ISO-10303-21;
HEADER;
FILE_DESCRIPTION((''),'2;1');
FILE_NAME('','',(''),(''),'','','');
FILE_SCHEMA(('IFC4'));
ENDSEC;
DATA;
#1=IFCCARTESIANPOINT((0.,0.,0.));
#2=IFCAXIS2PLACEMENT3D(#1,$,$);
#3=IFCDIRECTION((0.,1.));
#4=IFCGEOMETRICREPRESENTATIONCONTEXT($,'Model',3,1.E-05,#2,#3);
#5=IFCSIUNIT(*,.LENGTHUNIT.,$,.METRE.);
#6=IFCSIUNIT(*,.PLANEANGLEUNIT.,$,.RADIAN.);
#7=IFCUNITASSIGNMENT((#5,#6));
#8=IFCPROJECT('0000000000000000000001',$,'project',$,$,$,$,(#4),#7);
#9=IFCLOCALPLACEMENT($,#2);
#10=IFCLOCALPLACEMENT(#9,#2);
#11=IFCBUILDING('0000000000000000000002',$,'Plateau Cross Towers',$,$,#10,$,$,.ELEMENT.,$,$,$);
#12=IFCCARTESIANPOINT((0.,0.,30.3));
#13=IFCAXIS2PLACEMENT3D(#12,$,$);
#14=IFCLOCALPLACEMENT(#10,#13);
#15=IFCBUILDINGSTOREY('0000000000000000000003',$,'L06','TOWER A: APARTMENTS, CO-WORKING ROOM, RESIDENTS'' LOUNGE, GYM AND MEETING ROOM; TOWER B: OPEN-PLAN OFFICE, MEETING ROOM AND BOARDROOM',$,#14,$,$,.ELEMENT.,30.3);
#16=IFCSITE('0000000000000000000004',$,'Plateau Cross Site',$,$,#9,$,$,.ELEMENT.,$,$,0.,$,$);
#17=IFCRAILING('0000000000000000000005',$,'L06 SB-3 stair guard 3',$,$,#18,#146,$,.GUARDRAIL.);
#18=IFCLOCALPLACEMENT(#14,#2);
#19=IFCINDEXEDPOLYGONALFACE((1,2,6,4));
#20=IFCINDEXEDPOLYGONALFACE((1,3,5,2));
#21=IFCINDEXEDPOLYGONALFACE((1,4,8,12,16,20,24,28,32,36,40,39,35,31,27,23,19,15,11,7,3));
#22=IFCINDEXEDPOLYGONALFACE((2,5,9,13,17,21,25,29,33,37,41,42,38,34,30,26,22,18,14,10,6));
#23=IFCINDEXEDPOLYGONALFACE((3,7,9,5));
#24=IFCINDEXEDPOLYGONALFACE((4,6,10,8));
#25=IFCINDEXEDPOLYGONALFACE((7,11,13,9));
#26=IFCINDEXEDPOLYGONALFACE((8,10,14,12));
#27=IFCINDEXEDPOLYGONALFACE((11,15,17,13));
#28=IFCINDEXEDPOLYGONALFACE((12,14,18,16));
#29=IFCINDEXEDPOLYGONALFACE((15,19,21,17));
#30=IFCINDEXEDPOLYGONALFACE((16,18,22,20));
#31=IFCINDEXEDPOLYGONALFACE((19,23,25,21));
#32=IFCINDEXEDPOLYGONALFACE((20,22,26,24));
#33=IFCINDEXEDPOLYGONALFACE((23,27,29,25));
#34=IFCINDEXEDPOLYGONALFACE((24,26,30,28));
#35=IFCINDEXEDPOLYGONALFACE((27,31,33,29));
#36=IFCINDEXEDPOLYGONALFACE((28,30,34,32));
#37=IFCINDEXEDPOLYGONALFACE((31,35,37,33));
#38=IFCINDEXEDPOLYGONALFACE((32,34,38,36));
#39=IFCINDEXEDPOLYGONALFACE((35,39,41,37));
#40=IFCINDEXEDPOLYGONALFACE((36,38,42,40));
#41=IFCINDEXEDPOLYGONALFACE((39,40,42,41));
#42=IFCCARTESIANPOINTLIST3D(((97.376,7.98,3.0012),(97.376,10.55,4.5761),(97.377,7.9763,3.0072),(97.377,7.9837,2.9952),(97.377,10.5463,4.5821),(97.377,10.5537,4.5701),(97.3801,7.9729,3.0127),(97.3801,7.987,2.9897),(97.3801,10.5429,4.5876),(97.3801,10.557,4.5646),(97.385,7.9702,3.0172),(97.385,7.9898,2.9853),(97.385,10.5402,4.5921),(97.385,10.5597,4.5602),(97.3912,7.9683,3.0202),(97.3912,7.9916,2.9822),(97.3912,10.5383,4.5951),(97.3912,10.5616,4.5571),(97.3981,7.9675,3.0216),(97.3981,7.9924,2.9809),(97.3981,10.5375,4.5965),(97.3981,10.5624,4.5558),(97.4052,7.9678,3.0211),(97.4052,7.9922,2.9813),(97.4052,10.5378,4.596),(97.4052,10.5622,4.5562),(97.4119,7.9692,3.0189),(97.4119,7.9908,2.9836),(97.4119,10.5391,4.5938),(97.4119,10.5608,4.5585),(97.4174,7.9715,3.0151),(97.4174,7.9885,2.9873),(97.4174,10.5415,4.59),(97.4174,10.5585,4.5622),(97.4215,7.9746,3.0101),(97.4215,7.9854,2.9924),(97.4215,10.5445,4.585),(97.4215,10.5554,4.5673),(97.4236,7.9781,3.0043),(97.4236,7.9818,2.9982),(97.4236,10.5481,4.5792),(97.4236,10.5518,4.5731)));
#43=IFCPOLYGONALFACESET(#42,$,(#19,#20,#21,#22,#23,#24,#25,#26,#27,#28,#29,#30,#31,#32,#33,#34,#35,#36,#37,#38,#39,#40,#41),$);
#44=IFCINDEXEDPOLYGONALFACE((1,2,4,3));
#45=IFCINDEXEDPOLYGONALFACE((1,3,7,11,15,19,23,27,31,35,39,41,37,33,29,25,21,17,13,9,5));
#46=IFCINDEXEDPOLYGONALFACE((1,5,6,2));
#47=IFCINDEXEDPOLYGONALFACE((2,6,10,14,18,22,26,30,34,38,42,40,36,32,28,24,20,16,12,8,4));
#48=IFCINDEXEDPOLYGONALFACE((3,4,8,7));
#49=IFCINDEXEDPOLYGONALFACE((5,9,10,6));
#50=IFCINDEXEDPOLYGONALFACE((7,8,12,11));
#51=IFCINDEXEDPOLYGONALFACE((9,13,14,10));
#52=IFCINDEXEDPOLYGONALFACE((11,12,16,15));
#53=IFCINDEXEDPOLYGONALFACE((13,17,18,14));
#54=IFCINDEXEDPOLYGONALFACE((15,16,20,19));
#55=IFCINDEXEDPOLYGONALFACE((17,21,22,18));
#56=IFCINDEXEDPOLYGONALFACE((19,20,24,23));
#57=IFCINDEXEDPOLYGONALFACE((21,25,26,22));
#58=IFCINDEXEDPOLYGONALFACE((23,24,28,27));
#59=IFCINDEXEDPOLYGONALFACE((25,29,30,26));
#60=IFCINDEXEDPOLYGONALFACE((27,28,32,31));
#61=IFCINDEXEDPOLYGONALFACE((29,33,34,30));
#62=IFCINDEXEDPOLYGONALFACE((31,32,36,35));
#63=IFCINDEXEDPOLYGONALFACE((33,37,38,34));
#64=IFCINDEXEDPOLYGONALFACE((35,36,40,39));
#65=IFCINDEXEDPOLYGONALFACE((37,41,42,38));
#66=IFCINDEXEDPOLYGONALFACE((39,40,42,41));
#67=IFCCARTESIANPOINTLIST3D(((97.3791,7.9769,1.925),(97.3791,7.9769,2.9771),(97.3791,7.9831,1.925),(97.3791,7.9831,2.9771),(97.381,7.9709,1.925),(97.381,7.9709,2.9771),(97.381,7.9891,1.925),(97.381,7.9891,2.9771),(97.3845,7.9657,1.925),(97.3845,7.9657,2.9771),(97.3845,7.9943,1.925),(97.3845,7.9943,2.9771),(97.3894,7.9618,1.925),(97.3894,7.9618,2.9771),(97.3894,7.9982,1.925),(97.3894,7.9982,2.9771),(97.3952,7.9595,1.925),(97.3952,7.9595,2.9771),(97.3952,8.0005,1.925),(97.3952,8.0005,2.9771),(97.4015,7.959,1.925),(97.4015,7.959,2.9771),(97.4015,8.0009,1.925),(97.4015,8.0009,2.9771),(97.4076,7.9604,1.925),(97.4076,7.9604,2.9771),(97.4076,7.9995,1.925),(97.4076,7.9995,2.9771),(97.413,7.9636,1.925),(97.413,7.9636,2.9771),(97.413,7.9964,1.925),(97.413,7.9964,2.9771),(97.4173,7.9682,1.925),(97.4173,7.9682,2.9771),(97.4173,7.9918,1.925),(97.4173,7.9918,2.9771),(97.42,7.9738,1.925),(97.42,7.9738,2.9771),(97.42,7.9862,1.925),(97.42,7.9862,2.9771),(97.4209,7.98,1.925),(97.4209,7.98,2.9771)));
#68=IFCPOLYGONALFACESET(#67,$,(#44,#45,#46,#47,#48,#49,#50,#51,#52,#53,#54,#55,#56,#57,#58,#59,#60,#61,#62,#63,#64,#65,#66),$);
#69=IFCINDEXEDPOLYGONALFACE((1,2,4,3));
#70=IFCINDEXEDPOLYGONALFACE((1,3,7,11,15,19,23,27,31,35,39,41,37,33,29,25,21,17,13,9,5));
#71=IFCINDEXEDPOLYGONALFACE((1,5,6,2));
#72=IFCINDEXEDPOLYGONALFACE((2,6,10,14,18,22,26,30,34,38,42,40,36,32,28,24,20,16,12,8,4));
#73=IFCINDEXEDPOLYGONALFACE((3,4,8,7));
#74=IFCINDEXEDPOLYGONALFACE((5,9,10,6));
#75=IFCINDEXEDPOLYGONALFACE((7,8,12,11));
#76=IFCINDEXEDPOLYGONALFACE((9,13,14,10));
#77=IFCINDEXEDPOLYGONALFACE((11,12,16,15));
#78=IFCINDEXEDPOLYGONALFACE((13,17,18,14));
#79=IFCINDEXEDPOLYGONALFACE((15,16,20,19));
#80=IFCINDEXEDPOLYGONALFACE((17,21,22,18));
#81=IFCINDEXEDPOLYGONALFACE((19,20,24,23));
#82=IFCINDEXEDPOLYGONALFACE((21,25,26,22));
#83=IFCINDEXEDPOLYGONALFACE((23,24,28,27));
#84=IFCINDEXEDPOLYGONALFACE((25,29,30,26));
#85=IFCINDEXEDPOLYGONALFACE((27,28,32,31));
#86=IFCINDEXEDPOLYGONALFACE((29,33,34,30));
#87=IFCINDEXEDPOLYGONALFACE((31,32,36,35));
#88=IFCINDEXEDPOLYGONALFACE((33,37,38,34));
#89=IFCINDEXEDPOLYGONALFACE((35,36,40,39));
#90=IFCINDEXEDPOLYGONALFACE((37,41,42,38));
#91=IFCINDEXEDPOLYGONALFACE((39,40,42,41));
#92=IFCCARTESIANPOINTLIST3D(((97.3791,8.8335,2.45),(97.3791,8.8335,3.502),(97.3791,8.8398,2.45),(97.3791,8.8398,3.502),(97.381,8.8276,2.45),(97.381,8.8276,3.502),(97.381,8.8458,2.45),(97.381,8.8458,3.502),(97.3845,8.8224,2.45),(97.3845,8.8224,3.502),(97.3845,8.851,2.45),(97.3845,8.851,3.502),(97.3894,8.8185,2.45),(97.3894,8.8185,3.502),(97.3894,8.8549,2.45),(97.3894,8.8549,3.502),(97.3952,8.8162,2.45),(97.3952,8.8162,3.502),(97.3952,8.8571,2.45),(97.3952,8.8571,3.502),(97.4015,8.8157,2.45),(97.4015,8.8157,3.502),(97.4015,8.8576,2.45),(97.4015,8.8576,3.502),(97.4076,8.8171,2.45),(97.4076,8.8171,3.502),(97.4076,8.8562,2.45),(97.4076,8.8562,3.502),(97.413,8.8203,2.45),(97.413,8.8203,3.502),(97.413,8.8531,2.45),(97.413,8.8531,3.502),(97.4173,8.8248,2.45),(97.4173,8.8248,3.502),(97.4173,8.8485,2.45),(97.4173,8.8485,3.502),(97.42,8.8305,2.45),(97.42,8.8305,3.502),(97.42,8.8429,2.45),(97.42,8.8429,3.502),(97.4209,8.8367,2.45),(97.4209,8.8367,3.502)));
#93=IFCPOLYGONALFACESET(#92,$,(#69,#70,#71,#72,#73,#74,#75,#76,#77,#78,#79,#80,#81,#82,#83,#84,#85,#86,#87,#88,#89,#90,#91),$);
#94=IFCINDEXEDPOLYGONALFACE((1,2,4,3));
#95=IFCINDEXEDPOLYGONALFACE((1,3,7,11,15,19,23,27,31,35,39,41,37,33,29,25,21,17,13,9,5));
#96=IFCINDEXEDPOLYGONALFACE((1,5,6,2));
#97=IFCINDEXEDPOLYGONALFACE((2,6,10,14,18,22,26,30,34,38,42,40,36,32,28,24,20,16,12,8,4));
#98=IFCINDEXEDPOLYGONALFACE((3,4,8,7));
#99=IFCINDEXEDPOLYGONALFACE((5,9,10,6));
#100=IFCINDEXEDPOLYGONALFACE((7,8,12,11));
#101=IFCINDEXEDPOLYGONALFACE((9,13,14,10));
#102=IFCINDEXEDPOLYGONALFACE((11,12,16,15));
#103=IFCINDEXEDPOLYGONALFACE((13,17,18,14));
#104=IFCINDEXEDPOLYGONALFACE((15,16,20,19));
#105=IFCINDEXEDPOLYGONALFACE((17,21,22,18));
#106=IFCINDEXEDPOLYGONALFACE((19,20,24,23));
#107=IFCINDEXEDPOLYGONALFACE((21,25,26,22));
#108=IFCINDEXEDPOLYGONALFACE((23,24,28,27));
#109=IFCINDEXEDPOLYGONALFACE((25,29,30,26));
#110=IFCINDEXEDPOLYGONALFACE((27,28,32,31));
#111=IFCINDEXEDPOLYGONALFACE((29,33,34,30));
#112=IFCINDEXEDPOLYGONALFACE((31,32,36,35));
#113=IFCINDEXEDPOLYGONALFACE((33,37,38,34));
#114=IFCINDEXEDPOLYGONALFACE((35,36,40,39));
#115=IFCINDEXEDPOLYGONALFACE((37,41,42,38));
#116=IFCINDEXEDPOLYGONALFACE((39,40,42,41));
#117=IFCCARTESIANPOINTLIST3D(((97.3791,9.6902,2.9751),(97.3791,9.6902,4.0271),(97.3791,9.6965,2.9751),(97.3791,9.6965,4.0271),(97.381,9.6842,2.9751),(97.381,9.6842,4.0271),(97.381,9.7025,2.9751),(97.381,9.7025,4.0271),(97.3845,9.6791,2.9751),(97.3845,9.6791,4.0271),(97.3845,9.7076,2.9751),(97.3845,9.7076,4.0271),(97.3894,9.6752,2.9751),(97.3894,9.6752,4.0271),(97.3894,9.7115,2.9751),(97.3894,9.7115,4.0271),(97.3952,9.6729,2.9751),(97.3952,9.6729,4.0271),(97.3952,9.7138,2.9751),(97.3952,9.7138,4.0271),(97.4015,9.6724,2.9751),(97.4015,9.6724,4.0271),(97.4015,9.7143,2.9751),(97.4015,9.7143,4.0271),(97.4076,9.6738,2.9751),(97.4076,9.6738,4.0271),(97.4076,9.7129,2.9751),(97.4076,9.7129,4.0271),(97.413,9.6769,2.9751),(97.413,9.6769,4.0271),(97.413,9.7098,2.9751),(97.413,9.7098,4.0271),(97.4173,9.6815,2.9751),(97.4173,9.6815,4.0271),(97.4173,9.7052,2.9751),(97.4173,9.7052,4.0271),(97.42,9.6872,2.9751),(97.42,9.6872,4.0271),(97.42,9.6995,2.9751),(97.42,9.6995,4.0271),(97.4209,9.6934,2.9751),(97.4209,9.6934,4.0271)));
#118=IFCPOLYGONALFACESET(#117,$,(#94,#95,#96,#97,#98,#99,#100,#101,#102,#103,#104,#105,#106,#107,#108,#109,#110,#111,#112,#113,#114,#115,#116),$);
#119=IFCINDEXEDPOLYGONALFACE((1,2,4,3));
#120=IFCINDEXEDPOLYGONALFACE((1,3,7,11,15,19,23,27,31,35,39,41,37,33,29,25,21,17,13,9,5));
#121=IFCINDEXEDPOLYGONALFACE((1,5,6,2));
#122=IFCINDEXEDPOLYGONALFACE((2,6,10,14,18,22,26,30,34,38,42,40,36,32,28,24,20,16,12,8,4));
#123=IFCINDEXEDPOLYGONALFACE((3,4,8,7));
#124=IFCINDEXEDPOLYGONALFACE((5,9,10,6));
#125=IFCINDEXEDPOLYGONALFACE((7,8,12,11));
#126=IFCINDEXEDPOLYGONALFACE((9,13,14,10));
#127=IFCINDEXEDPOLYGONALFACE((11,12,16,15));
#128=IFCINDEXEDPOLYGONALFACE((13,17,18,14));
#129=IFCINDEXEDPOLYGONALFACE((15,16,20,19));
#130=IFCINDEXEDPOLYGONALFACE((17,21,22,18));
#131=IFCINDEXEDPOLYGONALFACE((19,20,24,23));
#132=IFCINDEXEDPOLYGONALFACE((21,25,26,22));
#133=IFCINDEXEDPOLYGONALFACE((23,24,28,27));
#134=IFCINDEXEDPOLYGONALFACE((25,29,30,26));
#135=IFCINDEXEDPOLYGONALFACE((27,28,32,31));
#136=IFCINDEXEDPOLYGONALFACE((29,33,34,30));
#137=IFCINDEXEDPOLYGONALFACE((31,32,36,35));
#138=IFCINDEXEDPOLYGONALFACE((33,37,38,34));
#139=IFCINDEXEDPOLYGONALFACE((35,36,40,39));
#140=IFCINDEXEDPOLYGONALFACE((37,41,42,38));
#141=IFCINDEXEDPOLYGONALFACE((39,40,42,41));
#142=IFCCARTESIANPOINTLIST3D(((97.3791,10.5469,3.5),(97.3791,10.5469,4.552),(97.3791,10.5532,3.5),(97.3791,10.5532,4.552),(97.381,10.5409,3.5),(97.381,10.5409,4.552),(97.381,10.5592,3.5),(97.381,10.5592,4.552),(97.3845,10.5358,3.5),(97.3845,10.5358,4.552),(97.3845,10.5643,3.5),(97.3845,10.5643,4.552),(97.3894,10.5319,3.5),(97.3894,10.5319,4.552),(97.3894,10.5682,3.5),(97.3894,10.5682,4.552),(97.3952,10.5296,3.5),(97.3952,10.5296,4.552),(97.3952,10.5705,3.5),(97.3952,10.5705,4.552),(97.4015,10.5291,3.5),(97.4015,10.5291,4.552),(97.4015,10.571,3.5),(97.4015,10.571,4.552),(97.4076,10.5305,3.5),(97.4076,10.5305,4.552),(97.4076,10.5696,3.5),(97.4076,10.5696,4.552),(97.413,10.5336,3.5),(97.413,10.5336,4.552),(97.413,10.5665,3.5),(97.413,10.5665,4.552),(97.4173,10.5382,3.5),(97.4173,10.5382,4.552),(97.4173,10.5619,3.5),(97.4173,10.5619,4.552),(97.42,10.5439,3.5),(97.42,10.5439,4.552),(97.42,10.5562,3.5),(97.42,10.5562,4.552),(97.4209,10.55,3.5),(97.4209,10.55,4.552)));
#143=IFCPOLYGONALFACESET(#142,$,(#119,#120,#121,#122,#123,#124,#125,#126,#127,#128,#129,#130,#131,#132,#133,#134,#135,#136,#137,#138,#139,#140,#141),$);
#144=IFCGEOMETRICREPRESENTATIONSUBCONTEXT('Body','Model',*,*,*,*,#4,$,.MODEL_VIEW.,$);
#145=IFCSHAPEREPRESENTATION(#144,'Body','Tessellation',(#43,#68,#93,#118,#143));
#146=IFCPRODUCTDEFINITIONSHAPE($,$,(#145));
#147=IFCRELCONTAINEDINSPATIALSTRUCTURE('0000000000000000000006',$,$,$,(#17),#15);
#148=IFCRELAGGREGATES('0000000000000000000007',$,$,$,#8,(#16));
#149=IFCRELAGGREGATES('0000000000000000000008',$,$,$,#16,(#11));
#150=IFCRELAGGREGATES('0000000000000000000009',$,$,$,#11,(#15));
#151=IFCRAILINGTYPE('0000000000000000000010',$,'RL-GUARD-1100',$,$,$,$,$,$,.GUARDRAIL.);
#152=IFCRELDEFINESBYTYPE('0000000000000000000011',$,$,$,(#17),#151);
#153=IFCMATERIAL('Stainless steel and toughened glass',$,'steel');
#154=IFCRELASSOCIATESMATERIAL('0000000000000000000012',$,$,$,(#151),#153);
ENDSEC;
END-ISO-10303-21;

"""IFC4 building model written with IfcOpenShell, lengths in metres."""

from ifc_helpers import new_model, si_unit, direction, frame, origin, origin_2d, place, context, subcontext, project, spatial, circle, extrude, material, type_object, element, save


model = new_model("IFC4")

# Units and contexts
model_context = context("Model", 3, precision=1e-05, world=origin(), true_north=direction((0.0, 1.0)))
body_context = subcontext(model_context, "Body", "Model", "MODEL_VIEW")
ifc_project = project(units=[si_unit("LENGTHUNIT", "METRE"), si_unit("PLANEANGLEUNIT", "RADIAN")], contexts=[model_context])

# Site, building, storey
site_placement = place(None, origin())
site = spatial("IfcSite", under=ifc_project, at=site_placement, Name="Plateau Cross Site", CompositionType="ELEMENT", RefElevation=0.0)
building_placement = place(site_placement, origin())
building = spatial("IfcBuilding", under=site, at=building_placement, Name="Plateau Cross Towers", CompositionType="ELEMENT")
storey_placement = place(building_placement, frame((0.0, 0.0, 30.3)))
storey = spatial("IfcBuildingStorey", under=building, at=storey_placement, Name="L06", Description="TOWER A: APARTMENTS, CO-WORKING ROOM, RESIDENTS' LOUNGE, GYM AND MEETING ROOM; TOWER B: OPEN-PLAN OFFICE, MEETING ROOM AND BOARDROOM", CompositionType="ELEMENT", Elevation=30.3)

# Railing
ifc_material_1 = material(Name="Stainless steel and toughened glass", Category="steel")
railing_type_1 = type_object("IfcRailingType", Name="RL-GUARD-1100", PredefinedType="GUARDRAIL", material=ifc_material_1)
railing_1_placement = place(storey_placement, frame((97.3999, 7.98, 1.925)))
element("IfcRailing", 1, at=railing_1_placement, inside=storey, type_object=railing_type_1, Name="L06 SB-3 stair guard 3", PredefinedType="GUARDRAIL", context=body_context, shape_type="SweptSolid", body=[
    extrude(circle(Radius=0.0239, at=origin_2d()), frame((0.0, 0.0, 1.0762), z_axis=(0.0, 0.852639, 0.522501), x_axis=(-1.0, 0.0, 0.0)), (0.0, 0.0, 1.0), 3.0142),
    extrude(circle(Radius=0.021, at=origin_2d()), origin(), (0.0, 0.0, 1.0), 1.052),
    extrude(circle(Radius=0.021, at=origin_2d()), frame((0.0, 0.8567, 0.5249)), (0.0, 0.0, 1.0), 1.052),
    extrude(circle(Radius=0.021, at=origin_2d()), frame((0.0, 1.7134, 1.05)), (0.0, 0.0, 1.0), 1.052),
    extrude(circle(Radius=0.021, at=origin_2d()), frame((0.0, 2.5701, 1.575)), (0.0, 0.0, 1.0), 1.052),
])

save(model, "model.ifc")
